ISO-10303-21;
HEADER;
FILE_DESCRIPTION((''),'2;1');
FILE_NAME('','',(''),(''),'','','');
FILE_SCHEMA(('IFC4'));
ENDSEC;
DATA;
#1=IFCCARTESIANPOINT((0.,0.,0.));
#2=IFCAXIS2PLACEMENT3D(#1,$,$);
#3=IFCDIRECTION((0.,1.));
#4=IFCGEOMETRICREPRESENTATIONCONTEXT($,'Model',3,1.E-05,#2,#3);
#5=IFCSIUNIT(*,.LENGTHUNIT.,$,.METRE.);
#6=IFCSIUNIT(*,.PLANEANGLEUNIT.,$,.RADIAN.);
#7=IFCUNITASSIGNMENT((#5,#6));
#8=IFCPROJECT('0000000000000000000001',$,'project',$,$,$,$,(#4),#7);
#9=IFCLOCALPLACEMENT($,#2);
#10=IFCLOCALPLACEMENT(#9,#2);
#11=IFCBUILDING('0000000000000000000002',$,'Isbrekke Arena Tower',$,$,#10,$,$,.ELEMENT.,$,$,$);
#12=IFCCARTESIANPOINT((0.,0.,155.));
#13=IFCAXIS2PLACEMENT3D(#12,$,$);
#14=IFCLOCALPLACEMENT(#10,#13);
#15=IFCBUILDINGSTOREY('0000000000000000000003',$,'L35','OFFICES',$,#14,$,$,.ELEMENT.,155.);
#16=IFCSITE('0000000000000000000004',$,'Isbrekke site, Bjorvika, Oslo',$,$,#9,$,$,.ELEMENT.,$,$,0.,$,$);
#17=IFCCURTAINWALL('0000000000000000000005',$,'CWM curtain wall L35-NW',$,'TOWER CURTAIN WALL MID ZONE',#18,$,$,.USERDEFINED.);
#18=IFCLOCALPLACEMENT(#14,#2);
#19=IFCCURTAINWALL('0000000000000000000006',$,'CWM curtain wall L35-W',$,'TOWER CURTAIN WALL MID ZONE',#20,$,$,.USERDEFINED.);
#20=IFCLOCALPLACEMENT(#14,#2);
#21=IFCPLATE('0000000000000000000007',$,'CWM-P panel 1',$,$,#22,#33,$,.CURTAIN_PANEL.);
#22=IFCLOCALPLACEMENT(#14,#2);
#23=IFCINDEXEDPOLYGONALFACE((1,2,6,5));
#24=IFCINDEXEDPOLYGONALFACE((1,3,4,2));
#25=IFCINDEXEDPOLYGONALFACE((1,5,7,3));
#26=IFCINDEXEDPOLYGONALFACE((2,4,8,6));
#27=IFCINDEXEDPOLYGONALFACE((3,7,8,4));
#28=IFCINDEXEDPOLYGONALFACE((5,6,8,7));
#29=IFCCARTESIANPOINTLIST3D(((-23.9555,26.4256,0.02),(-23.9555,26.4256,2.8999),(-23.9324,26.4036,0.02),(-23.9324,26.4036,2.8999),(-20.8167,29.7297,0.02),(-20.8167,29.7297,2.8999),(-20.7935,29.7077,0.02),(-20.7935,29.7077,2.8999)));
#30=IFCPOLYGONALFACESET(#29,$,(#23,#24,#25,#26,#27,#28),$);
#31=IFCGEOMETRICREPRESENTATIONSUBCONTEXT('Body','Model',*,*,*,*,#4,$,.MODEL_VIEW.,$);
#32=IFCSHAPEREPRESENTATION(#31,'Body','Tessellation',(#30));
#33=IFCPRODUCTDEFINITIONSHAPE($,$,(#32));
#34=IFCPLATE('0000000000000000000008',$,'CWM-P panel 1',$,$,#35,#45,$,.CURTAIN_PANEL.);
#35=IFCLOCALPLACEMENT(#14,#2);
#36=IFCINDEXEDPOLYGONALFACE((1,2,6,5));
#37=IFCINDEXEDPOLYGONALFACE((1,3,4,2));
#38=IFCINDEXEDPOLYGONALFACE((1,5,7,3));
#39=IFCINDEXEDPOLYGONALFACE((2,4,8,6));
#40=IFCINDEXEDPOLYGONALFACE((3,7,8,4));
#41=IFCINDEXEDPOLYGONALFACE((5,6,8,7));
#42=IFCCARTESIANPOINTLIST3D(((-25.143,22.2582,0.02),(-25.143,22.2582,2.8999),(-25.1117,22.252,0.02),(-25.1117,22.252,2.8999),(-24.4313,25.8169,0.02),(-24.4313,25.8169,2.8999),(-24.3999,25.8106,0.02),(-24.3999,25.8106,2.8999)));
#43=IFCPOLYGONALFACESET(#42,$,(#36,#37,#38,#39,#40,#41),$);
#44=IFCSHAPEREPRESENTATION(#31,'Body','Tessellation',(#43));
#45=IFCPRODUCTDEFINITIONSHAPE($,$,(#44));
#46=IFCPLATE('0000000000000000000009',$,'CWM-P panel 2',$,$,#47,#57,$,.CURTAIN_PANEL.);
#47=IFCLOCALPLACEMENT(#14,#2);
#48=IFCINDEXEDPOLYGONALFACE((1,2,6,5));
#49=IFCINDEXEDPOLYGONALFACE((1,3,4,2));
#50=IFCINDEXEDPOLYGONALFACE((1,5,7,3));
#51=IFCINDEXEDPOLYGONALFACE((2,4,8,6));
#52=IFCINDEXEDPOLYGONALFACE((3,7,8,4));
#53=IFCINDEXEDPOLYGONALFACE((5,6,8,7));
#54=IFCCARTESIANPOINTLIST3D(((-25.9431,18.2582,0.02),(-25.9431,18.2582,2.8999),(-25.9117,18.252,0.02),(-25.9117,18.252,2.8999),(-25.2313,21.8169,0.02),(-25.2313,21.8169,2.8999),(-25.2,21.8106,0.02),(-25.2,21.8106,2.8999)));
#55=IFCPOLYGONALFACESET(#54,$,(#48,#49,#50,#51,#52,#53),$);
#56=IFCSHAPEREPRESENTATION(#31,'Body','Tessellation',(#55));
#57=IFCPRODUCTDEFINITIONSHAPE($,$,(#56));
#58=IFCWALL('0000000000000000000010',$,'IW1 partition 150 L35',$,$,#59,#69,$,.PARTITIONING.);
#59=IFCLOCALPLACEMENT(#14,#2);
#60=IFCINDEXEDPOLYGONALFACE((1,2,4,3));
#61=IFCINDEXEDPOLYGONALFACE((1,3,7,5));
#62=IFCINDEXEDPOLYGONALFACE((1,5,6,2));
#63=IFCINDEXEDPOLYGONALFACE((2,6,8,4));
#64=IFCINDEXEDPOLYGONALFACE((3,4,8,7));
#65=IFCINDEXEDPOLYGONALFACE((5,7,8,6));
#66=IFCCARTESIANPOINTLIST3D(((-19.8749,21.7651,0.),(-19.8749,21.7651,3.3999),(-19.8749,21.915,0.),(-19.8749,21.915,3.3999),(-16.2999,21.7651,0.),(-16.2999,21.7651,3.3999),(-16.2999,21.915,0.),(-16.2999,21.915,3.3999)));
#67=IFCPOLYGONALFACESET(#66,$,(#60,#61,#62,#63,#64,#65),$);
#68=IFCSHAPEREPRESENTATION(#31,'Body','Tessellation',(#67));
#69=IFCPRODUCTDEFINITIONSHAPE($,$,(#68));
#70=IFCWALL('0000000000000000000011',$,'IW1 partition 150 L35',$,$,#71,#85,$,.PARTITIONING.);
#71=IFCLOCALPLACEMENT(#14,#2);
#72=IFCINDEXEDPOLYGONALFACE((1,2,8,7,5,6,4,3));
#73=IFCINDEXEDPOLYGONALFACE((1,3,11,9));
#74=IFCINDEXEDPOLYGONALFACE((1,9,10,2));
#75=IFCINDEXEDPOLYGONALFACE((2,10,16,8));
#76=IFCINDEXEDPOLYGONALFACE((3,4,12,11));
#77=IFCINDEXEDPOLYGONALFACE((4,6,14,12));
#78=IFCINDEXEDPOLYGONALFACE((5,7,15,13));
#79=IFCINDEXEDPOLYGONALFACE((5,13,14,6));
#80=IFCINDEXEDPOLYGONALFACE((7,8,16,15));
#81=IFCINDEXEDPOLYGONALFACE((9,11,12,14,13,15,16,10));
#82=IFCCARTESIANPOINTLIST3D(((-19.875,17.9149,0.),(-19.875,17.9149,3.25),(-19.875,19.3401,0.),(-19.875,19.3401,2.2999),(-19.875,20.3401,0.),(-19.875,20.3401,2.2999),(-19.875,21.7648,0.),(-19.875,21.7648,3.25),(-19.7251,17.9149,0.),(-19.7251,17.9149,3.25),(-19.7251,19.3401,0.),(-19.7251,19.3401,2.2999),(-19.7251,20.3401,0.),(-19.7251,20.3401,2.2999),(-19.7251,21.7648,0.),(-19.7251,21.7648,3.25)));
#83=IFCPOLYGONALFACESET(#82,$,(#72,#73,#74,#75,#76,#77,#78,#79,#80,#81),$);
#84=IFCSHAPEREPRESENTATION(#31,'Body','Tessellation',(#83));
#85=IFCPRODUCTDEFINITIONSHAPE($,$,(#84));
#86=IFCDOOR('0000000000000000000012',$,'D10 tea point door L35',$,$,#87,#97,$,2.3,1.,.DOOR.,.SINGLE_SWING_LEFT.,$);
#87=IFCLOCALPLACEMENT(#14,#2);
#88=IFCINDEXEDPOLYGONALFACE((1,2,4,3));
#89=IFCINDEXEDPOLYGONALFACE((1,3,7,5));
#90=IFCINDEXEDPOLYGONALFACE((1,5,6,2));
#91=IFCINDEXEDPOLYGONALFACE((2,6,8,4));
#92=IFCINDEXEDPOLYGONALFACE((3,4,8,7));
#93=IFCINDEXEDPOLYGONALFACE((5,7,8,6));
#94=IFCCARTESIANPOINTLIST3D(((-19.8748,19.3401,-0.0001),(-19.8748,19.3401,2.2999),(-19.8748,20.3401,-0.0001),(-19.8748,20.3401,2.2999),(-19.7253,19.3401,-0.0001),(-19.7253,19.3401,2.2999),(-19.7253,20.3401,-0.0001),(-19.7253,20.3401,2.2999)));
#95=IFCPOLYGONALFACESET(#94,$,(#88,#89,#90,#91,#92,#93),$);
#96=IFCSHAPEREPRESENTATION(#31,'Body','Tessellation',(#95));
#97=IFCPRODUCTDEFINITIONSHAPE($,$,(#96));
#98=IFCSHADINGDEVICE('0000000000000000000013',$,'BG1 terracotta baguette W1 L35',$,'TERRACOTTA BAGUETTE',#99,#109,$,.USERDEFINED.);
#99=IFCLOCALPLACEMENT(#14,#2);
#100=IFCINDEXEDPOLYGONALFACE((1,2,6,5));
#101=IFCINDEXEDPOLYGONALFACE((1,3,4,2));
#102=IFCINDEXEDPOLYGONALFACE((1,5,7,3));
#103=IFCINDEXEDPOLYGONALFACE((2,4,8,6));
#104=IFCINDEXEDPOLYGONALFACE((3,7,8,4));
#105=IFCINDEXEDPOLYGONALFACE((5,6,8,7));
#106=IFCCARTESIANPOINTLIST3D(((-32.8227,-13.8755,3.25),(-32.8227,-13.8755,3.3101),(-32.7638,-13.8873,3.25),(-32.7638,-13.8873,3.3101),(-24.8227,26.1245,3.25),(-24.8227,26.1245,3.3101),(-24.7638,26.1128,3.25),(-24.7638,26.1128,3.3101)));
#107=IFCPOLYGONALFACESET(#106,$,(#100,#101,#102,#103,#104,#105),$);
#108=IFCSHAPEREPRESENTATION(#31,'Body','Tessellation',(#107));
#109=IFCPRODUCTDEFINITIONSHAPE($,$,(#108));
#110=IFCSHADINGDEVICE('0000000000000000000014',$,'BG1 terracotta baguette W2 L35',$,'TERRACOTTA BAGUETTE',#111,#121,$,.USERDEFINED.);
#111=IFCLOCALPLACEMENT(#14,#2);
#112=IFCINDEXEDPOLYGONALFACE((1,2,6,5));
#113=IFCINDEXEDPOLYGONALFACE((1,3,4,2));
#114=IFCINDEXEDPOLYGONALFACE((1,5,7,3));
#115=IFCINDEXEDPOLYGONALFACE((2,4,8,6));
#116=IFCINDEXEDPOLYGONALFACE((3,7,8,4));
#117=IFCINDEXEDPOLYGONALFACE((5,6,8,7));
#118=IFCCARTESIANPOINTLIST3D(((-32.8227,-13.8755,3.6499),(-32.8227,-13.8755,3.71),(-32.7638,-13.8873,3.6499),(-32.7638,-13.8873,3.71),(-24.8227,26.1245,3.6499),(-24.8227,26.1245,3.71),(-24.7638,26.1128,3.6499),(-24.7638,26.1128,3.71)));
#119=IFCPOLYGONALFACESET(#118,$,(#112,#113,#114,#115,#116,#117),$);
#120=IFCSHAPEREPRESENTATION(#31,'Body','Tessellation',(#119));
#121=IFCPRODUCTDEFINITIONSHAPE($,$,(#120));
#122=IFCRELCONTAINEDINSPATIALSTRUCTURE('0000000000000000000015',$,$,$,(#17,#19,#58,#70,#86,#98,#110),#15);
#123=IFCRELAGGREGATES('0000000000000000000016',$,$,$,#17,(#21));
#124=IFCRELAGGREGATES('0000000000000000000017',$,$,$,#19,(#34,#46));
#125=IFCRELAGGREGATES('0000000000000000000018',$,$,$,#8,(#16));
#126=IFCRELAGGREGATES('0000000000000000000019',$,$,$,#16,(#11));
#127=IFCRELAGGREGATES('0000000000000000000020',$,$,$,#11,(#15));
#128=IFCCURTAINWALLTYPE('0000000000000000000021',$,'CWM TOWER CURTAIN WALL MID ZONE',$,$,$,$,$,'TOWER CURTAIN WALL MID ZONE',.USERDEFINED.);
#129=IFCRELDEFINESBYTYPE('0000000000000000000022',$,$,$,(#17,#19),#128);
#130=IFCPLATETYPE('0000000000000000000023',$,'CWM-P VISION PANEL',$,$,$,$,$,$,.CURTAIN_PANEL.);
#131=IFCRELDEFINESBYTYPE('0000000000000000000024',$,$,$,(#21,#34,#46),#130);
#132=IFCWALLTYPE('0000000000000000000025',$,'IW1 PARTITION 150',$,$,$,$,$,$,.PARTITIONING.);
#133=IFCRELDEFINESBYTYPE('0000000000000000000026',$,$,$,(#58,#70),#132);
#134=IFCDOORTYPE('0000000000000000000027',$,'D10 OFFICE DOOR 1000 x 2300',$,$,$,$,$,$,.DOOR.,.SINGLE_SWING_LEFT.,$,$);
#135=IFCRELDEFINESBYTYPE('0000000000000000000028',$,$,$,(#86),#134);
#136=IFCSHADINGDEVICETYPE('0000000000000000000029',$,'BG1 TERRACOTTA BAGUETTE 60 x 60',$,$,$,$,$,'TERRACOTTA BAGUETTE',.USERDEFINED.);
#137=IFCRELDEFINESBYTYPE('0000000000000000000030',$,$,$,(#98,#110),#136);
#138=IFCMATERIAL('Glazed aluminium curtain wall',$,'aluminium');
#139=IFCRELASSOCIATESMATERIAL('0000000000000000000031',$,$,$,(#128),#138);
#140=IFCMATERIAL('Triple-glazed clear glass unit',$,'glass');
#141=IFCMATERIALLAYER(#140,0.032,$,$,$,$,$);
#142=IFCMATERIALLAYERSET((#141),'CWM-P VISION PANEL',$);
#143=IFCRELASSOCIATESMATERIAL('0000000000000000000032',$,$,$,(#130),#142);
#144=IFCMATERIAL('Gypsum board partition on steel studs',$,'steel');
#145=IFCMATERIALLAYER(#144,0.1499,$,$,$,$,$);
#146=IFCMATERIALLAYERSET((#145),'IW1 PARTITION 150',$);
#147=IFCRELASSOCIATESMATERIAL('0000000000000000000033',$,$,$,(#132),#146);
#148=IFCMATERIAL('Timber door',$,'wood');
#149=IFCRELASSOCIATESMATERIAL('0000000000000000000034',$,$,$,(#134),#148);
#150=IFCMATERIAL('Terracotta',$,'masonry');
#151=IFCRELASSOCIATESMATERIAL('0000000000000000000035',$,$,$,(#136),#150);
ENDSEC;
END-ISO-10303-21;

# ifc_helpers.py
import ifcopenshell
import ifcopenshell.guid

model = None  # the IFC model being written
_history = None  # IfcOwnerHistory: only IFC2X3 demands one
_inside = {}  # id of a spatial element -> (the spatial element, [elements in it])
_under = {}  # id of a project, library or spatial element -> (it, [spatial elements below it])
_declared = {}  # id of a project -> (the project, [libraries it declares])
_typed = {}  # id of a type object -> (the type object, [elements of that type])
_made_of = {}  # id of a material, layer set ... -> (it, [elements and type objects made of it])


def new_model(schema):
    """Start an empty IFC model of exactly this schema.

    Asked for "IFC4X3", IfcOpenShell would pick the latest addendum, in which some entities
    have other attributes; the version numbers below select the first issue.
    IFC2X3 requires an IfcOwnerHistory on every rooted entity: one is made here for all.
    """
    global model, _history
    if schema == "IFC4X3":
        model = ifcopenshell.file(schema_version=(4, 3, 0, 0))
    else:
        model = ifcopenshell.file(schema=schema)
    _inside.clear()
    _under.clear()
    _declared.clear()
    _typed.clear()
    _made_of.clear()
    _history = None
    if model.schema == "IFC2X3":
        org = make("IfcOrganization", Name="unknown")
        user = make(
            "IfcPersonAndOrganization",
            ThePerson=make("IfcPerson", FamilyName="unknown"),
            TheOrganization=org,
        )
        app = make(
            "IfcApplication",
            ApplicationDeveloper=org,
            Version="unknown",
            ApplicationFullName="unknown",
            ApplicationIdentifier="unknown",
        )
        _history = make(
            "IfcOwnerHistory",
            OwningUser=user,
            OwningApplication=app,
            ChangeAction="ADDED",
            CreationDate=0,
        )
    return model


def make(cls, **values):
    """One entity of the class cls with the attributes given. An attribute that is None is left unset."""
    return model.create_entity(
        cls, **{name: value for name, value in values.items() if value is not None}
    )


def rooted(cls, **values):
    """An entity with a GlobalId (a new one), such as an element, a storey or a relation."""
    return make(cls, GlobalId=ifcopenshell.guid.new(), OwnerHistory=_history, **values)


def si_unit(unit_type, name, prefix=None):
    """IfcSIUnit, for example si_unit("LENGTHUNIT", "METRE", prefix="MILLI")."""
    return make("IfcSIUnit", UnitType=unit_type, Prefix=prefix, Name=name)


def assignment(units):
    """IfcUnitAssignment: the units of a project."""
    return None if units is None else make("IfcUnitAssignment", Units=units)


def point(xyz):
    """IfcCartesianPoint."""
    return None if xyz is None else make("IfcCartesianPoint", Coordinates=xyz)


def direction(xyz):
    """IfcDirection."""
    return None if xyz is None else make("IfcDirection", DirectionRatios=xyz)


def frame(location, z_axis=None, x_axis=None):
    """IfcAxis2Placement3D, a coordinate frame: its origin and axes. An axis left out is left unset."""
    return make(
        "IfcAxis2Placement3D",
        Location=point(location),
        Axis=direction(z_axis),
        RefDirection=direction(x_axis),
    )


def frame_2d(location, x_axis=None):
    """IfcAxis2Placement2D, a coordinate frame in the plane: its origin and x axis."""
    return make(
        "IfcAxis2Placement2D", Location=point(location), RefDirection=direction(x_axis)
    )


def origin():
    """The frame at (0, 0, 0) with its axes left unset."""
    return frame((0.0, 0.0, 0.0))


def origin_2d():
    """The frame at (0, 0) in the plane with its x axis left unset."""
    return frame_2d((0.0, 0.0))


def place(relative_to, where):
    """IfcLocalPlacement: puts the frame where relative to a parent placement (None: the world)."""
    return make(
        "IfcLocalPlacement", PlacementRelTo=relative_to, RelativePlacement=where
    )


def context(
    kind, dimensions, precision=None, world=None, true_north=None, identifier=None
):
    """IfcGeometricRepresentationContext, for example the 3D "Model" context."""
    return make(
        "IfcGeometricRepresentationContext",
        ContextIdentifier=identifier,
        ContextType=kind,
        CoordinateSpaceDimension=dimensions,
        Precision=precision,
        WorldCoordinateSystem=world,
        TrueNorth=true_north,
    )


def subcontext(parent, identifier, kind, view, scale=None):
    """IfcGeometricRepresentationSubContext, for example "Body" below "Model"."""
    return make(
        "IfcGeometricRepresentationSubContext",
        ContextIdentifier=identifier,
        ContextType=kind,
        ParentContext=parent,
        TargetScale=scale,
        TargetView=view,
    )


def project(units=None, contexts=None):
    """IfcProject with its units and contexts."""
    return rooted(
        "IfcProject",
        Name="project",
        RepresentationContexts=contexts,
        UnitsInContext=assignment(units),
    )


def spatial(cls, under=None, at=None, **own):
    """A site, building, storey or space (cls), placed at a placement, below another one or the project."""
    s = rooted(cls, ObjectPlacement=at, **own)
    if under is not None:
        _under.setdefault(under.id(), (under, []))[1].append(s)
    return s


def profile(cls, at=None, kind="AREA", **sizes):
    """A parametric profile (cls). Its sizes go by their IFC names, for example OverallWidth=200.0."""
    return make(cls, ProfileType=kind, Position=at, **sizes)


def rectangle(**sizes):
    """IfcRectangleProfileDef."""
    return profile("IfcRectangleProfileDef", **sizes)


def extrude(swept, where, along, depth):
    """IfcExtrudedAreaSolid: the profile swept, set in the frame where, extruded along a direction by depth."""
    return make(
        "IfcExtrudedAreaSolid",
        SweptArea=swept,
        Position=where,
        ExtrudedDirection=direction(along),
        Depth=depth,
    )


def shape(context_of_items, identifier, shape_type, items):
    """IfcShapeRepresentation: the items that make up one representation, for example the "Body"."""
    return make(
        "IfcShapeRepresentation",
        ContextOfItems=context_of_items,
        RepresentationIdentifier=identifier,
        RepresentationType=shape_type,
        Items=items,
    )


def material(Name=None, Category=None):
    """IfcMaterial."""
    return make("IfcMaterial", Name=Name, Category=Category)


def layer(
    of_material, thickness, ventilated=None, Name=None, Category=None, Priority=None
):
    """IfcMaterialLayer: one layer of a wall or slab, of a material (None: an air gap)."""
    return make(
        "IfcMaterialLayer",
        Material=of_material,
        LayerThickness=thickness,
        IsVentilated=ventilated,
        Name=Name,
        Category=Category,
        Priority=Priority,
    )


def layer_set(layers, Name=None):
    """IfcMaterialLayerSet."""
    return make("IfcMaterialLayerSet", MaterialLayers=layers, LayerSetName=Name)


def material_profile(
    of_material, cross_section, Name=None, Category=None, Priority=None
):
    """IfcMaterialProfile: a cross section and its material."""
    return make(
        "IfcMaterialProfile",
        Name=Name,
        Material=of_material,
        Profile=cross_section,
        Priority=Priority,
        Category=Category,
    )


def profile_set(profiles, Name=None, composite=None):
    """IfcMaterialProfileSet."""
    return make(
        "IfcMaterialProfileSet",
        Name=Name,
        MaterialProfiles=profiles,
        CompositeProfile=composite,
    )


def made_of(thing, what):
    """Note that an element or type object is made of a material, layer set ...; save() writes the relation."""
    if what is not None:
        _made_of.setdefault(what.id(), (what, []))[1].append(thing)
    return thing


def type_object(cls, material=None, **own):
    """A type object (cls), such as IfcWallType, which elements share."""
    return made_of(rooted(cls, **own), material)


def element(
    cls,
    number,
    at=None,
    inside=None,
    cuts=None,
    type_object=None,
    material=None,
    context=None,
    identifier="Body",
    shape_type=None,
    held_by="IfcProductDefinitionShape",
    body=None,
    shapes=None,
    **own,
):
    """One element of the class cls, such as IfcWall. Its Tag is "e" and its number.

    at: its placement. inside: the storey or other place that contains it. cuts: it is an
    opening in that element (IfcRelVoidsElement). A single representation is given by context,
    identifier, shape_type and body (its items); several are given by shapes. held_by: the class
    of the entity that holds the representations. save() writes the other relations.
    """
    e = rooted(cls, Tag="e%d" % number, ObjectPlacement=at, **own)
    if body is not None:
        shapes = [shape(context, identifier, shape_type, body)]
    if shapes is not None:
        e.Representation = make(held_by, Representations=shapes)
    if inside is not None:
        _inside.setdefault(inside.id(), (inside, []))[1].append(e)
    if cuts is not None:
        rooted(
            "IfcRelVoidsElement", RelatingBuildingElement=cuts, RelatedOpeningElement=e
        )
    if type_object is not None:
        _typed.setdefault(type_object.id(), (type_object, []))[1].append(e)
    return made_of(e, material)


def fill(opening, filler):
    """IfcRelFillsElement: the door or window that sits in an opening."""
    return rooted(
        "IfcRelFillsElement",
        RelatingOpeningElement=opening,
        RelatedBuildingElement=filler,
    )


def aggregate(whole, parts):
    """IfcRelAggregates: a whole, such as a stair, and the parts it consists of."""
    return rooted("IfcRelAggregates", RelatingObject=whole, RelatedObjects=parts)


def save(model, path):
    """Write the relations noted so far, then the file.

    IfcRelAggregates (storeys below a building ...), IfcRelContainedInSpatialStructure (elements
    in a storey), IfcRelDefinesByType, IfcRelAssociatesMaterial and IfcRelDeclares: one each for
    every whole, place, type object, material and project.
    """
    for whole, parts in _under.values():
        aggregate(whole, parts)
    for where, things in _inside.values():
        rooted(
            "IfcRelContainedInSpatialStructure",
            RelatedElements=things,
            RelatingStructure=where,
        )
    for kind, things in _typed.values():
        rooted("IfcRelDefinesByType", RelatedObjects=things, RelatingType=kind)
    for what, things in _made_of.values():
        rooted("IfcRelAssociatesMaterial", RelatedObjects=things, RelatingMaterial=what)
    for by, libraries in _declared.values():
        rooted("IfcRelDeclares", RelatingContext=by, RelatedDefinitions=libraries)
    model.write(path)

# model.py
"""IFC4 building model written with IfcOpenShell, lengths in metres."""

from ifc_helpers import new_model, si_unit, direction, frame, frame_2d, origin, origin_2d, place, context, subcontext, project, spatial, rectangle, extrude, material, layer, layer_set, material_profile, profile_set, type_object, element, fill, aggregate, save


model = new_model("IFC4")

# Units and contexts
model_context = context("Model", 3, precision=1e-05, world=origin(), true_north=direction((0.0, 1.0)))
body_context = subcontext(model_context, "Body", "Model", "MODEL_VIEW")
ifc_project = project(units=[si_unit("LENGTHUNIT", "METRE"), si_unit("PLANEANGLEUNIT", "RADIAN")], contexts=[model_context])

# Site, building, storey
site_placement = place(None, origin())
site = spatial("IfcSite", under=ifc_project, at=site_placement, Name="Isbrekke site, Bjorvika, Oslo", CompositionType="ELEMENT", RefElevation=0.0)
building_placement = place(site_placement, origin())
building = spatial("IfcBuilding", under=site, at=building_placement, Name="Isbrekke Arena Tower", CompositionType="ELEMENT")
storey_placement = place(building_placement, frame((0.0, 0.0, 155.0)))
storey = spatial("IfcBuildingStorey", under=building, at=storey_placement, Name="L35", Description="OFFICES", CompositionType="ELEMENT", Elevation=155.0)

# Shared definitions
ifc_material_1 = material(Name="Glazed aluminium curtain wall", Category="aluminium")
curtain_wall_type = type_object("IfcCurtainWallType", Name="CWM TOWER CURTAIN WALL MID ZONE", ElementType="TOWER CURTAIN WALL MID ZONE", PredefinedType="USERDEFINED", material=ifc_material_1)

# Curtain walls
curtain_wall_1_placement = place(storey_placement, origin())
curtain_wall_1 = element("IfcCurtainWall", 1, at=curtain_wall_1_placement, inside=storey, type_object=curtain_wall_type, Name="CWM curtain wall L35-NW", ObjectType="TOWER CURTAIN WALL MID ZONE", PredefinedType="USERDEFINED")
curtain_wall_2_placement = place(storey_placement, origin())
curtain_wall_2 = element("IfcCurtainWall", 2, at=curtain_wall_2_placement, inside=storey, type_object=curtain_wall_type, Name="CWM curtain wall L35-W", ObjectType="TOWER CURTAIN WALL MID ZONE", PredefinedType="USERDEFINED")

# Plates
ifc_material_2 = material(Name="Triple-glazed clear glass unit", Category="glass")
ifc_layer_1 = layer(ifc_material_2, 0.032)
ifc_layer_set_1 = layer_set([ifc_layer_1], Name="CWM-P VISION PANEL")
plate_type = type_object("IfcPlateType", Name="CWM-P VISION PANEL", PredefinedType="CURTAIN_PANEL", material=ifc_layer_set_1)
plate_1_placement = place(storey_placement, frame((-22.3745, 28.0667, 0.02), z_axis=(0.0, 0.0, 1.0), x_axis=(-0.688749, -0.724999, 0.0)))
plate_1 = element("IfcPlate", 3, at=plate_1_placement, type_object=plate_type, Name="CWM-P panel 1", PredefinedType="CURTAIN_PANEL", context=body_context, shape_type="SweptSolid", body=[
    extrude(rectangle(XDim=4.5574, YDim=0.032, at=origin_2d()), origin(), (0.0, 0.0, 1.0), 2.8799),
])
aggregate(curtain_wall_1, [plate_1])
plate_2_placement = place(storey_placement, frame((-24.7715, 24.0344, 0.02), z_axis=(0.0, 0.0, 1.0), x_axis=(-0.196116, -0.980581, 0.0)))
plate_2 = element("IfcPlate", 4, at=plate_2_placement, type_object=plate_type, Name="CWM-P panel 1", PredefinedType="CURTAIN_PANEL", context=body_context, shape_type="SweptSolid", body=[
    extrude(rectangle(XDim=3.6292, YDim=0.032, at=origin_2d()), origin(), (0.0, 0.0, 1.0), 2.8799),
])
plate_3_placement = place(storey_placement, frame((-25.5715, 20.0344, 0.02), z_axis=(0.0, 0.0, 1.0), x_axis=(-0.196116, -0.980581, 0.0)))
plate_3 = element("IfcPlate", 5, at=plate_3_placement, type_object=plate_type, Name="CWM-P panel 2", PredefinedType="CURTAIN_PANEL", context=body_context, shape_type="SweptSolid", body=[
    extrude(rectangle(XDim=3.6292, YDim=0.032, at=origin_2d()), origin(), (0.0, 0.0, 1.0), 2.8799),
])
aggregate(curtain_wall_2, [plate_2, plate_3])

# Wall
ifc_material_3 = material(Name="Gypsum board partition on steel studs", Category="steel")
ifc_layer_2 = layer(ifc_material_3, 0.1499)
ifc_layer_set_2 = layer_set([ifc_layer_2], Name="IW1 PARTITION 150")
wall_type = type_object("IfcWallType", Name="IW1 PARTITION 150", PredefinedType="PARTITIONING", material=ifc_layer_set_2)
wall_1_placement = place(storey_placement, frame((-19.875, 21.8401, 0.0), z_axis=(0.0, 0.0, 1.0), x_axis=(1.0, 0.0, 0.0)))
element("IfcWall", 6, at=wall_1_placement, inside=storey, type_object=wall_type, Name="IW1 partition 150 L35", PredefinedType="PARTITIONING", context=body_context, shape_type="SweptSolid", body=[
    extrude(rectangle(XDim=3.575, YDim=0.1499, at=frame_2d((1.7876, 0.0))), origin(), (0.0, 0.0, 1.0), 3.3999),
])

# Wall, opening, door
wall_2_placement = place(storey_placement, frame((-19.8, 17.915, 0.0), z_axis=(0.0, 0.0, 1.0), x_axis=(0.0, 1.0, 0.0)))
wall_2 = element("IfcWall", 7, at=wall_2_placement, inside=storey, type_object=wall_type, Name="IW1 partition 150 L35", PredefinedType="PARTITIONING", context=body_context, shape_type="SweptSolid", body=[
    extrude(rectangle(XDim=3.8499, YDim=0.1499, at=frame_2d((1.9248, 0.0))), origin(), (0.0, 0.0, 1.0), 3.25),
])
opening_placement = place(wall_2_placement, frame((1.425, 0.0, 0.0)))
opening = element("IfcOpeningElement", 8, at=opening_placement, cuts=wall_2, PredefinedType="OPENING", context=body_context, shape_type="SweptSolid", body=[
    extrude(rectangle(XDim=1.0, YDim=2.3, at=frame_2d((0.5, 1.1499))), frame((0.0, 0.0898, 0.0), z_axis=(0.0, -1.0, 0.0), x_axis=(1.0, 0.0, 0.0)), (0.0, 0.0, 1.0), 0.1797),
])
ifc_material_4 = material(Name="Timber door", Category="wood")
door_type = type_object("IfcDoorType", Name="D10 OFFICE DOOR 1000 x 2300", OperationType="SINGLE_SWING_LEFT", PredefinedType="DOOR", material=ifc_material_4)
door_placement = place(opening_placement, origin())
door = element("IfcDoor", 9, at=door_placement, inside=storey, type_object=door_type, Name="D10 tea point door L35", OperationType="SINGLE_SWING_LEFT", OverallHeight=2.3, OverallWidth=1.0, PredefinedType="DOOR", context=body_context, shape_type="SweptSolid", body=[
    extrude(rectangle(XDim=1.0, YDim=2.3, at=frame_2d((0.5, 1.1499))), frame((0.0, 0.0747, 0.0), z_axis=(0.0, -1.0, 0.0), x_axis=(1.0, 0.0, 0.0)), (0.0, 0.0, 1.0), 0.1494),
])
fill(opening, door)

# Shading devices
ifc_material_5 = material(Name="Terracotta", Category="masonry")
ifc_material_profile_1 = material_profile(ifc_material_5, rectangle(XDim=0.0601, YDim=0.0601, at=origin_2d()), Name="BAGUETTE 60X60")
ifc_profile_set_1 = profile_set([ifc_material_profile_1], Name="Terracotta")
shading_device_type = type_object("IfcShadingDeviceType", Name="BG1 TERRACOTTA BAGUETTE 60 x 60", ElementType="TERRACOTTA BAGUETTE", PredefinedType="USERDEFINED", material=ifc_profile_set_1)
for number, where, z_axis, x_axis, name in (
    (10, (-24.7932, 26.1187, 3.28), (-0.196116, -0.980581, 0.0), (0.980581, -0.196116, 0.0), "BG1 terracotta baguette W1 L35"),
    (11, (-24.7932, 26.1187, 3.6799), (-0.196116, -0.980581, 0.0), (0.980581, -0.196116, 0.0), "BG1 terracotta baguette W2 L35"),
):
    element("IfcShadingDevice", number, at=place(storey_placement, frame(where, z_axis=z_axis, x_axis=x_axis)), inside=storey, type_object=shading_device_type, Name=name, ObjectType="TERRACOTTA BAGUETTE", PredefinedType="USERDEFINED", context=body_context, shape_type="SweptSolid", body=[
        extrude(rectangle(XDim=0.0601, YDim=0.0601, at=origin_2d()), origin(), (0.0, 0.0, 1.0), 40.7922),
    ])

save(model, "model.ifc")
